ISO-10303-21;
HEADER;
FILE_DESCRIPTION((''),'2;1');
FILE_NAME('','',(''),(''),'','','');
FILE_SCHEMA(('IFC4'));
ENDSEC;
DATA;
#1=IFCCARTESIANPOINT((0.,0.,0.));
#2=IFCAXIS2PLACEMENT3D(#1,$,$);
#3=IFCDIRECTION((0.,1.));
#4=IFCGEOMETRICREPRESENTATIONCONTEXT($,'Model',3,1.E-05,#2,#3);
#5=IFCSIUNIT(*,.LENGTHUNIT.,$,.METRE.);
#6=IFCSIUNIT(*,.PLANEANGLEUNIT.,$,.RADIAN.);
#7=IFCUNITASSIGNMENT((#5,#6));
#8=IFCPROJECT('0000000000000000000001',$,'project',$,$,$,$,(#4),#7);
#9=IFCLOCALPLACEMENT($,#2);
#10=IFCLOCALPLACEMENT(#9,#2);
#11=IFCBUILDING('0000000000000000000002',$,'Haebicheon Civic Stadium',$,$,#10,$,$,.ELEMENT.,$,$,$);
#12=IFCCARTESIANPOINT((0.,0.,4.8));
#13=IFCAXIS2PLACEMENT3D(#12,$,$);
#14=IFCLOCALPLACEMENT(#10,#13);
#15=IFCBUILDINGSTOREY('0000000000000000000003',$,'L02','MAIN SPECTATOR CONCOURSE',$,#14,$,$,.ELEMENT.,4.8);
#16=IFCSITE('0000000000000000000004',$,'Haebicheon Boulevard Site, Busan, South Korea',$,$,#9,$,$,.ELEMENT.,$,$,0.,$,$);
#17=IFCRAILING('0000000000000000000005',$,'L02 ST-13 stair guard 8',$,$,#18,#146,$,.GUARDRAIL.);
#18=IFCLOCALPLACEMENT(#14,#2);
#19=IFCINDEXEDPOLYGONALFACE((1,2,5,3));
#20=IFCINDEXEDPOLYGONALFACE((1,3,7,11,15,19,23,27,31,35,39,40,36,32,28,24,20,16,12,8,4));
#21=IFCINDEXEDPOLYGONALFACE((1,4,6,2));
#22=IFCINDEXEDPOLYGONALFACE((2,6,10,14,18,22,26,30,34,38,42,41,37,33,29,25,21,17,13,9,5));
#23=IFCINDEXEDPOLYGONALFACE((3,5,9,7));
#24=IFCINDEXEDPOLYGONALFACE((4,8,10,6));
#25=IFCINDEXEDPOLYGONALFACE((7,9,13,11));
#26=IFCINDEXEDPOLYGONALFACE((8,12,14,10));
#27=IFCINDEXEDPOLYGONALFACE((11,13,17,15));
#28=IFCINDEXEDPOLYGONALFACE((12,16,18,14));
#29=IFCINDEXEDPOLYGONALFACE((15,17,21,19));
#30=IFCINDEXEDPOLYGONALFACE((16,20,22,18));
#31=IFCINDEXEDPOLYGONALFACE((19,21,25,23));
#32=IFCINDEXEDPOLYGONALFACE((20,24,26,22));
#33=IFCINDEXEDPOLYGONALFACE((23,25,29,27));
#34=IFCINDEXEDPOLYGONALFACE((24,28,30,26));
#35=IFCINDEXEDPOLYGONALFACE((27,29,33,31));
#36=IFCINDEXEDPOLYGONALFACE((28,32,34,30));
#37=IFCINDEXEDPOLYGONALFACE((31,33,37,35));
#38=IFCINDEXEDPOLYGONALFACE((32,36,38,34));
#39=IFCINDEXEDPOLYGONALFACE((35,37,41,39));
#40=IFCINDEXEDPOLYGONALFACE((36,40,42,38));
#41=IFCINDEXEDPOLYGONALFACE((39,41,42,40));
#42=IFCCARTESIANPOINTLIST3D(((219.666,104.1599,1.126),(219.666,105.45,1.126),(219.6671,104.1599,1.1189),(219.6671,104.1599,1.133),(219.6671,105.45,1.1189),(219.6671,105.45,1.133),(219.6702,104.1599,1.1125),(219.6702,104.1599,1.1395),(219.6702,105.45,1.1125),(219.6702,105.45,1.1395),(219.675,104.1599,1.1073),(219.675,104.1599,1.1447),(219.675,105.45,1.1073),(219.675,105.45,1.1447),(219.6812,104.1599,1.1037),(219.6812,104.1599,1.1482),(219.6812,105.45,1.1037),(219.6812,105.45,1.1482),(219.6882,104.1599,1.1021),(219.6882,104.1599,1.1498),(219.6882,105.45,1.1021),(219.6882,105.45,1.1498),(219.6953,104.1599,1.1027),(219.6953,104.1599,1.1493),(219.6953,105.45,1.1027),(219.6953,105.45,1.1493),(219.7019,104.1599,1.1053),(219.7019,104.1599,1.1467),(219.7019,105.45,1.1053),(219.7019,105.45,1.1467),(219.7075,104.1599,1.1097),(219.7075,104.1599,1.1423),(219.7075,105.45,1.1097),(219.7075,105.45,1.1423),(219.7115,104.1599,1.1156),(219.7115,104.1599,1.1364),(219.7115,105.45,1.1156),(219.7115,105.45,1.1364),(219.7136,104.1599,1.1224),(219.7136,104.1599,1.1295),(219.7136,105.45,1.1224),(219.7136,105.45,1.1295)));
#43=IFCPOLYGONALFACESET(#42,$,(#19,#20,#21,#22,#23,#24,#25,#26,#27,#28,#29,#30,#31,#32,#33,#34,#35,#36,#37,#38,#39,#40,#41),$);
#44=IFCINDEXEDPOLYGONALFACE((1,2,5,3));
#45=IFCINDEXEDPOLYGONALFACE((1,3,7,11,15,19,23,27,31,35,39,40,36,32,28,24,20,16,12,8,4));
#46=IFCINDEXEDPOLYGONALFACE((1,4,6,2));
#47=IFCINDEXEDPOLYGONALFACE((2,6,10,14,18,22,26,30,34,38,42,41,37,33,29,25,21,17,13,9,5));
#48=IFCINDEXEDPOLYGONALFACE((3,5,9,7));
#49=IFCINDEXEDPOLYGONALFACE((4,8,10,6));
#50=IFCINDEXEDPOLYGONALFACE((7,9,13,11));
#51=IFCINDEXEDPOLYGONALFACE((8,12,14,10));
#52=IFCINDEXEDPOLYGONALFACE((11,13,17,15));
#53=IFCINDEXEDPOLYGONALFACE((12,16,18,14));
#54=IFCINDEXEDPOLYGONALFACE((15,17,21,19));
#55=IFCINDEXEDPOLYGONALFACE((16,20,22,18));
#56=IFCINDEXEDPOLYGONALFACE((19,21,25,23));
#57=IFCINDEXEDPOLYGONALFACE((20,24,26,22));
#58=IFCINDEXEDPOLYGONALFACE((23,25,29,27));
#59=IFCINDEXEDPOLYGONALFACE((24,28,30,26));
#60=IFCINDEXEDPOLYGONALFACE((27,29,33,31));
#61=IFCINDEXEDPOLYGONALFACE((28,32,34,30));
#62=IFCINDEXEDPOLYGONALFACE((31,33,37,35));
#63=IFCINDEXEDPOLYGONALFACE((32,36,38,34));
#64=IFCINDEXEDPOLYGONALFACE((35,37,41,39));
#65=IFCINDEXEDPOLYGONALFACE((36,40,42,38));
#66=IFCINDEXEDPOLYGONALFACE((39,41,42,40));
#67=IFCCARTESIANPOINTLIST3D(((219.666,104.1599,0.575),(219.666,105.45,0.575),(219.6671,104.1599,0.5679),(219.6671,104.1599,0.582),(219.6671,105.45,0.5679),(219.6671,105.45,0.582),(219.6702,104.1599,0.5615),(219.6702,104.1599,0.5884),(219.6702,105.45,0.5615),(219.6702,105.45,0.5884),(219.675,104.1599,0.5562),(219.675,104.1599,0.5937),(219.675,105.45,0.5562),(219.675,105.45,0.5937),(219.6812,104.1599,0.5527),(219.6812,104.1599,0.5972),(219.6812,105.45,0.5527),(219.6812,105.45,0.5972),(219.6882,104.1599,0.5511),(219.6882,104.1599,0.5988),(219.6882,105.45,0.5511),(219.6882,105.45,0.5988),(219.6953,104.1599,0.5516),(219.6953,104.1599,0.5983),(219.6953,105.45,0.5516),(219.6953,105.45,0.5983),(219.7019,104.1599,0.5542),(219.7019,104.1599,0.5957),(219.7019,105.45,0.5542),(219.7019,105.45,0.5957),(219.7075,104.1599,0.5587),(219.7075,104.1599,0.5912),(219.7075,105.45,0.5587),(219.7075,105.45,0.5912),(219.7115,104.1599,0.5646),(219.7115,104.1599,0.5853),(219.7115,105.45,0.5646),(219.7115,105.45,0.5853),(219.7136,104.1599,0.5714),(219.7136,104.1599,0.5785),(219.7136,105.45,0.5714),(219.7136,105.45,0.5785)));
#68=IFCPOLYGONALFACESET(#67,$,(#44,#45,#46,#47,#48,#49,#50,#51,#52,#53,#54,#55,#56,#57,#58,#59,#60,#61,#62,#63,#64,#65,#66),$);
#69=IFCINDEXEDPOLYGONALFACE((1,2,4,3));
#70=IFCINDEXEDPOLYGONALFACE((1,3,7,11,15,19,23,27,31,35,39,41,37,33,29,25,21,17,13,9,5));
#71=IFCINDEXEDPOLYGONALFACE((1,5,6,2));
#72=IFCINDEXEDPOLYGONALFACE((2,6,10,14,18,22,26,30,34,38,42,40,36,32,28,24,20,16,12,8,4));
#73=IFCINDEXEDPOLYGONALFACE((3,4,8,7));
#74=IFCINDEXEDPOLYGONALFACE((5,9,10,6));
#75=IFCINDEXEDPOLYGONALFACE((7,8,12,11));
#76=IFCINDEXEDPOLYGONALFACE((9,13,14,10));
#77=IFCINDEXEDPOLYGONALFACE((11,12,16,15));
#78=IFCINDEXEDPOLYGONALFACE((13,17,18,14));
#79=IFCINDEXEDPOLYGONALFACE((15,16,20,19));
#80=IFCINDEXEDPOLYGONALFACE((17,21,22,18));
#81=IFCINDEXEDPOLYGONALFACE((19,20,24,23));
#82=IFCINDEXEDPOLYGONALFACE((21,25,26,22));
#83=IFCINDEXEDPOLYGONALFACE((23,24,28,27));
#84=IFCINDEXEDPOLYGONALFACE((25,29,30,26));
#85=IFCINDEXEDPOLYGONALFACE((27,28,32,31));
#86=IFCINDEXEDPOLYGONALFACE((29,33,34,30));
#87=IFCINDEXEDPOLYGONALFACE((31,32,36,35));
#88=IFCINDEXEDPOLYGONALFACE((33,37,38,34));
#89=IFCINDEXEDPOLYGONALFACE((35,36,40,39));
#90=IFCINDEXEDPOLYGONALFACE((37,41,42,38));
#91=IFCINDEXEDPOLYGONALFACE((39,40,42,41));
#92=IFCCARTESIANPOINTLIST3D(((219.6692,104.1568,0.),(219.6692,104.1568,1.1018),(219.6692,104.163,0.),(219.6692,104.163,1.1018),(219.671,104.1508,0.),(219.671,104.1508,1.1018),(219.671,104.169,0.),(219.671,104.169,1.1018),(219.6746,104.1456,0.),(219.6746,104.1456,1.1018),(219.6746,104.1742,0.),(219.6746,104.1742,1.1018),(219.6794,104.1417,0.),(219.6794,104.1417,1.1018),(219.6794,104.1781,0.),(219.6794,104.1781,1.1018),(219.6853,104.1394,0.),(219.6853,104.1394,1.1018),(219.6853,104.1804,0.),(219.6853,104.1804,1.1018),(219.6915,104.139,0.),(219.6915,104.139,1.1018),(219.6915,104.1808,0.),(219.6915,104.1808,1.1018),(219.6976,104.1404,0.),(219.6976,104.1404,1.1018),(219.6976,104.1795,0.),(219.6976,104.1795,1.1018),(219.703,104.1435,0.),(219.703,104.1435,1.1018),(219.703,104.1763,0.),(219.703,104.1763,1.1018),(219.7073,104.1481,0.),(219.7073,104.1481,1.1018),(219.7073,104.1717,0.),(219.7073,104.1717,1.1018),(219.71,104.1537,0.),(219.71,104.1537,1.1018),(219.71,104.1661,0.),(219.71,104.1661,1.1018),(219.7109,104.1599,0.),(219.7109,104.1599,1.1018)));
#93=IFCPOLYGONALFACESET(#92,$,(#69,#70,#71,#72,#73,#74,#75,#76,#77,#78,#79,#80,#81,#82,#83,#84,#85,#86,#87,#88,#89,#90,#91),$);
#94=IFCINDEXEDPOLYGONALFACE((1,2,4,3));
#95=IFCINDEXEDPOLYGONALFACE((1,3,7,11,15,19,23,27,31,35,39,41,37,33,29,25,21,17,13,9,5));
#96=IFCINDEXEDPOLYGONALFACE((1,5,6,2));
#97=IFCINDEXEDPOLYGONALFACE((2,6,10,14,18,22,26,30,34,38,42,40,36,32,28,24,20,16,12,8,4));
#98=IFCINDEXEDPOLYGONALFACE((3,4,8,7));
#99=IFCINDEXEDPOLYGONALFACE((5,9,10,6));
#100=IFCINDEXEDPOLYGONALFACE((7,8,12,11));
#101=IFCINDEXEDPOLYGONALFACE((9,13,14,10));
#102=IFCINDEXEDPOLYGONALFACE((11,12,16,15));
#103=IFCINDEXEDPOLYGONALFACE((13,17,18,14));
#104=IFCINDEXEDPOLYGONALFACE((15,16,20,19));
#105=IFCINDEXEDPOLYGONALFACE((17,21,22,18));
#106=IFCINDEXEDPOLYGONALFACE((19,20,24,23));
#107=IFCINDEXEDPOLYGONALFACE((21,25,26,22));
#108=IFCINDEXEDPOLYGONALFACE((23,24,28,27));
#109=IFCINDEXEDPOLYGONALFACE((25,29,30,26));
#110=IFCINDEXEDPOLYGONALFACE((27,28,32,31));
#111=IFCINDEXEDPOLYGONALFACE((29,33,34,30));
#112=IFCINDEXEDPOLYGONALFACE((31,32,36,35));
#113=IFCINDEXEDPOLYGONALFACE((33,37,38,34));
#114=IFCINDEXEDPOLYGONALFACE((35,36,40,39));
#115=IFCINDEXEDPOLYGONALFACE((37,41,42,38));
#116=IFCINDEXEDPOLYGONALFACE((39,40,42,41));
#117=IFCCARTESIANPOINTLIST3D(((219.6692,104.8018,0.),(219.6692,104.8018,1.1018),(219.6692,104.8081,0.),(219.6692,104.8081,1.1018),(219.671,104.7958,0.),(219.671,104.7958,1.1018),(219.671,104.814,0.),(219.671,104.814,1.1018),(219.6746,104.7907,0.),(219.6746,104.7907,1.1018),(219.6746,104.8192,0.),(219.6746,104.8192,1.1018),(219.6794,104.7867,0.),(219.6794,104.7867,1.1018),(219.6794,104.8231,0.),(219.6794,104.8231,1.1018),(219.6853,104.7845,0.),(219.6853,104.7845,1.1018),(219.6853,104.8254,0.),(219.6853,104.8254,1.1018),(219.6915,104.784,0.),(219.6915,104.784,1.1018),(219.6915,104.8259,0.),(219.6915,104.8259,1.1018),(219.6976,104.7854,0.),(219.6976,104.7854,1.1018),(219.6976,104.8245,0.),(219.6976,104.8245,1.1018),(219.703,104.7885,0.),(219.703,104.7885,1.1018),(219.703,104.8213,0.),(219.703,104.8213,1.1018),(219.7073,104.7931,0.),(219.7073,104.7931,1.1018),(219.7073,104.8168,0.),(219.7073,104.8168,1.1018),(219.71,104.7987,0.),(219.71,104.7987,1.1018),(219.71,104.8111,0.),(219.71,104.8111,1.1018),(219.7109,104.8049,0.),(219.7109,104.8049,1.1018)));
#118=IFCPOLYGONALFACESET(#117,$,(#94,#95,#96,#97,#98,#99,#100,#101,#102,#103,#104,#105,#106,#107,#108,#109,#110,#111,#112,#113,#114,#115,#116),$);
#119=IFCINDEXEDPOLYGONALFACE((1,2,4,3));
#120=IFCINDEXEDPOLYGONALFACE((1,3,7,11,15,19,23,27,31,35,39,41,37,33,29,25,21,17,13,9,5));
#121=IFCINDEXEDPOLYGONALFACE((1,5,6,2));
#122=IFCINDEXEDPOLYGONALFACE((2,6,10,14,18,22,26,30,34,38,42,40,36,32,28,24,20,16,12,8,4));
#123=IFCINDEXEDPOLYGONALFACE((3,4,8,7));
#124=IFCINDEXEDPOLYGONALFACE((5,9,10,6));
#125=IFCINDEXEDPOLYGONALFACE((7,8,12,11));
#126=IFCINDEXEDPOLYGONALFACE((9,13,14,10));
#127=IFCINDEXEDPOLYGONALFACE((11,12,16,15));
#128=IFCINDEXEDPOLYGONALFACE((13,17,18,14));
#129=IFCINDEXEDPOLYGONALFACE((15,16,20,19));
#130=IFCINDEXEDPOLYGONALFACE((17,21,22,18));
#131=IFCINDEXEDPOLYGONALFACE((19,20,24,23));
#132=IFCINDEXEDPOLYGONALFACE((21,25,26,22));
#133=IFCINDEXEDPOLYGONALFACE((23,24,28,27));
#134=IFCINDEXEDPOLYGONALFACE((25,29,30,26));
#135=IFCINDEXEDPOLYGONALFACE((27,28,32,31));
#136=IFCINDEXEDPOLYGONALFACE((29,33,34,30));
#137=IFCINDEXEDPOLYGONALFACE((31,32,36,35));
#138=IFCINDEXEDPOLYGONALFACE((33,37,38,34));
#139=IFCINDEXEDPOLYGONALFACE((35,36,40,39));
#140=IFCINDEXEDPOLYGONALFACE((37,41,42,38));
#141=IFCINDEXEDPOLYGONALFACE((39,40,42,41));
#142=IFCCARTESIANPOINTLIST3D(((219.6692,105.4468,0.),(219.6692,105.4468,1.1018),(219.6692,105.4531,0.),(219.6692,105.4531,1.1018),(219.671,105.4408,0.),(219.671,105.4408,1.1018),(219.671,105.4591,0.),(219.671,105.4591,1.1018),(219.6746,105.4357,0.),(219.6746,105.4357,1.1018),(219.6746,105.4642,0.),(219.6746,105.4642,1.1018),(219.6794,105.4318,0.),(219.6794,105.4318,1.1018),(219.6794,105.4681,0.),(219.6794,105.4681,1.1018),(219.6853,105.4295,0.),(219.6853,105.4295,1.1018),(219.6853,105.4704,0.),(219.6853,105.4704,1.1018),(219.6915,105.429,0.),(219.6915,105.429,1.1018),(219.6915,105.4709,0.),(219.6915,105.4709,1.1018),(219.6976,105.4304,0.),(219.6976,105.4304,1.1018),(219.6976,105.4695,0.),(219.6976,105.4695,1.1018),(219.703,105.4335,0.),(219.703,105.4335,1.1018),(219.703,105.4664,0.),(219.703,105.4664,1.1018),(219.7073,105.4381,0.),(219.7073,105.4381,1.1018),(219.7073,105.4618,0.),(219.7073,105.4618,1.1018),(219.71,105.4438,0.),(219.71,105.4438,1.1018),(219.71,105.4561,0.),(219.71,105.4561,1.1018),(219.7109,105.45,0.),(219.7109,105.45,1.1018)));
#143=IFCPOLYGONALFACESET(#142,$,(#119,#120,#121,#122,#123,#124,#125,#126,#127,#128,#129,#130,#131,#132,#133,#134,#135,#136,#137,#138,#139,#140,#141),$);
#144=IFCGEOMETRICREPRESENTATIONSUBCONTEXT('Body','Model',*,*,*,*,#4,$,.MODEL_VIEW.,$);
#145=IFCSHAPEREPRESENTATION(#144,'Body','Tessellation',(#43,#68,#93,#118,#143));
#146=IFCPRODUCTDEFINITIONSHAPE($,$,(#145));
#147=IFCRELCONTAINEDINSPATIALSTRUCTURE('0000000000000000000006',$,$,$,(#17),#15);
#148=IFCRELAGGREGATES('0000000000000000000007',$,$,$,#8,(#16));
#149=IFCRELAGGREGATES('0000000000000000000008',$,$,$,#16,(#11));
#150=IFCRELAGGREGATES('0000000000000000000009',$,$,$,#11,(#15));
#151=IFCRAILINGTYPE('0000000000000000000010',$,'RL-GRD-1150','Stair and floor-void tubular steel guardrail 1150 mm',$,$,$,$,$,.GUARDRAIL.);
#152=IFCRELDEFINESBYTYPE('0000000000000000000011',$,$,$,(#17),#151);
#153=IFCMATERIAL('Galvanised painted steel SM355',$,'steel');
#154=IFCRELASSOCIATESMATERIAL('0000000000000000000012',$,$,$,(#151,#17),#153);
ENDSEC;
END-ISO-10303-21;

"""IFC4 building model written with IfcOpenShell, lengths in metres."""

from ifc_helpers import new_model, si_unit, direction, frame, origin, origin_2d, place, context, subcontext, project, spatial, circle, extrude, material, type_object, element, save


model = new_model("IFC4")

# Units and contexts
model_context = context("Model", 3, precision=1e-05, world=origin(), true_north=direction((0.0, 1.0)))
body_context = subcontext(model_context, "Body", "Model", "MODEL_VIEW")
ifc_project = project(units=[si_unit("LENGTHUNIT", "METRE"), si_unit("PLANEANGLEUNIT", "RADIAN")], contexts=[model_context])

# Site, building, storey
site_placement = place(None, origin())
site = spatial("IfcSite", under=ifc_project, at=site_placement, Name="Haebicheon Boulevard Site, Busan, South Korea", CompositionType="ELEMENT", RefElevation=0.0)
building_placement = place(site_placement, origin())
building = spatial("IfcBuilding", under=site, at=building_placement, Name="Haebicheon Civic Stadium", CompositionType="ELEMENT")
storey_placement = place(building_placement, frame((0.0, 0.0, 4.8)))
storey = spatial("IfcBuildingStorey", under=building, at=storey_placement, Name="L02", Description="MAIN SPECTATOR CONCOURSE", CompositionType="ELEMENT", Elevation=4.8)

# Railing
ifc_material_1 = material(Name="Galvanised painted steel SM355", Category="steel")
railing_type_1 = type_object("IfcRailingType", Name="RL-GRD-1150", Description="Stair and floor-void tubular steel guardrail 1150 mm", PredefinedType="GUARDRAIL", material=ifc_material_1)
for number, where, name in (
    (1, (219.6899, 104.1599, 0.0), "L02 ST-13 stair guard 8"),
):
    element("IfcRailing", number, at=place(storey_placement, frame(where)), inside=storey, type_object=railing_type_1, material=ifc_material_1, Name=name, PredefinedType="GUARDRAIL", context=body_context, shape_type="SweptSolid", body=[
        extrude(circle(Radius=0.0239, at=origin_2d()), frame((0.0, 0.0, 1.126), z_axis=(0.0, 1.0, 0.0), x_axis=(-1.0, 0.0, 0.0)), (0.0, 0.0, 1.0), 1.29),
        extrude(circle(Radius=0.0239, at=origin_2d()), frame((0.0, 0.0, 0.575), z_axis=(0.0, 1.0, 0.0), x_axis=(-1.0, 0.0, 0.0)), (0.0, 0.0, 1.0), 1.29),
        extrude(circle(Radius=0.021, at=origin_2d()), origin(), (0.0, 0.0, 1.0), 1.1018),
        extrude(circle(Radius=0.021, at=origin_2d()), frame((0.0, 0.645, 0.0)), (0.0, 0.0, 1.0), 1.1018),
        extrude(circle(Radius=0.021, at=origin_2d()), frame((0.0, 1.29, 0.0)), (0.0, 0.0, 1.0), 1.1018),
    ])

save(model, "model.ifc")
